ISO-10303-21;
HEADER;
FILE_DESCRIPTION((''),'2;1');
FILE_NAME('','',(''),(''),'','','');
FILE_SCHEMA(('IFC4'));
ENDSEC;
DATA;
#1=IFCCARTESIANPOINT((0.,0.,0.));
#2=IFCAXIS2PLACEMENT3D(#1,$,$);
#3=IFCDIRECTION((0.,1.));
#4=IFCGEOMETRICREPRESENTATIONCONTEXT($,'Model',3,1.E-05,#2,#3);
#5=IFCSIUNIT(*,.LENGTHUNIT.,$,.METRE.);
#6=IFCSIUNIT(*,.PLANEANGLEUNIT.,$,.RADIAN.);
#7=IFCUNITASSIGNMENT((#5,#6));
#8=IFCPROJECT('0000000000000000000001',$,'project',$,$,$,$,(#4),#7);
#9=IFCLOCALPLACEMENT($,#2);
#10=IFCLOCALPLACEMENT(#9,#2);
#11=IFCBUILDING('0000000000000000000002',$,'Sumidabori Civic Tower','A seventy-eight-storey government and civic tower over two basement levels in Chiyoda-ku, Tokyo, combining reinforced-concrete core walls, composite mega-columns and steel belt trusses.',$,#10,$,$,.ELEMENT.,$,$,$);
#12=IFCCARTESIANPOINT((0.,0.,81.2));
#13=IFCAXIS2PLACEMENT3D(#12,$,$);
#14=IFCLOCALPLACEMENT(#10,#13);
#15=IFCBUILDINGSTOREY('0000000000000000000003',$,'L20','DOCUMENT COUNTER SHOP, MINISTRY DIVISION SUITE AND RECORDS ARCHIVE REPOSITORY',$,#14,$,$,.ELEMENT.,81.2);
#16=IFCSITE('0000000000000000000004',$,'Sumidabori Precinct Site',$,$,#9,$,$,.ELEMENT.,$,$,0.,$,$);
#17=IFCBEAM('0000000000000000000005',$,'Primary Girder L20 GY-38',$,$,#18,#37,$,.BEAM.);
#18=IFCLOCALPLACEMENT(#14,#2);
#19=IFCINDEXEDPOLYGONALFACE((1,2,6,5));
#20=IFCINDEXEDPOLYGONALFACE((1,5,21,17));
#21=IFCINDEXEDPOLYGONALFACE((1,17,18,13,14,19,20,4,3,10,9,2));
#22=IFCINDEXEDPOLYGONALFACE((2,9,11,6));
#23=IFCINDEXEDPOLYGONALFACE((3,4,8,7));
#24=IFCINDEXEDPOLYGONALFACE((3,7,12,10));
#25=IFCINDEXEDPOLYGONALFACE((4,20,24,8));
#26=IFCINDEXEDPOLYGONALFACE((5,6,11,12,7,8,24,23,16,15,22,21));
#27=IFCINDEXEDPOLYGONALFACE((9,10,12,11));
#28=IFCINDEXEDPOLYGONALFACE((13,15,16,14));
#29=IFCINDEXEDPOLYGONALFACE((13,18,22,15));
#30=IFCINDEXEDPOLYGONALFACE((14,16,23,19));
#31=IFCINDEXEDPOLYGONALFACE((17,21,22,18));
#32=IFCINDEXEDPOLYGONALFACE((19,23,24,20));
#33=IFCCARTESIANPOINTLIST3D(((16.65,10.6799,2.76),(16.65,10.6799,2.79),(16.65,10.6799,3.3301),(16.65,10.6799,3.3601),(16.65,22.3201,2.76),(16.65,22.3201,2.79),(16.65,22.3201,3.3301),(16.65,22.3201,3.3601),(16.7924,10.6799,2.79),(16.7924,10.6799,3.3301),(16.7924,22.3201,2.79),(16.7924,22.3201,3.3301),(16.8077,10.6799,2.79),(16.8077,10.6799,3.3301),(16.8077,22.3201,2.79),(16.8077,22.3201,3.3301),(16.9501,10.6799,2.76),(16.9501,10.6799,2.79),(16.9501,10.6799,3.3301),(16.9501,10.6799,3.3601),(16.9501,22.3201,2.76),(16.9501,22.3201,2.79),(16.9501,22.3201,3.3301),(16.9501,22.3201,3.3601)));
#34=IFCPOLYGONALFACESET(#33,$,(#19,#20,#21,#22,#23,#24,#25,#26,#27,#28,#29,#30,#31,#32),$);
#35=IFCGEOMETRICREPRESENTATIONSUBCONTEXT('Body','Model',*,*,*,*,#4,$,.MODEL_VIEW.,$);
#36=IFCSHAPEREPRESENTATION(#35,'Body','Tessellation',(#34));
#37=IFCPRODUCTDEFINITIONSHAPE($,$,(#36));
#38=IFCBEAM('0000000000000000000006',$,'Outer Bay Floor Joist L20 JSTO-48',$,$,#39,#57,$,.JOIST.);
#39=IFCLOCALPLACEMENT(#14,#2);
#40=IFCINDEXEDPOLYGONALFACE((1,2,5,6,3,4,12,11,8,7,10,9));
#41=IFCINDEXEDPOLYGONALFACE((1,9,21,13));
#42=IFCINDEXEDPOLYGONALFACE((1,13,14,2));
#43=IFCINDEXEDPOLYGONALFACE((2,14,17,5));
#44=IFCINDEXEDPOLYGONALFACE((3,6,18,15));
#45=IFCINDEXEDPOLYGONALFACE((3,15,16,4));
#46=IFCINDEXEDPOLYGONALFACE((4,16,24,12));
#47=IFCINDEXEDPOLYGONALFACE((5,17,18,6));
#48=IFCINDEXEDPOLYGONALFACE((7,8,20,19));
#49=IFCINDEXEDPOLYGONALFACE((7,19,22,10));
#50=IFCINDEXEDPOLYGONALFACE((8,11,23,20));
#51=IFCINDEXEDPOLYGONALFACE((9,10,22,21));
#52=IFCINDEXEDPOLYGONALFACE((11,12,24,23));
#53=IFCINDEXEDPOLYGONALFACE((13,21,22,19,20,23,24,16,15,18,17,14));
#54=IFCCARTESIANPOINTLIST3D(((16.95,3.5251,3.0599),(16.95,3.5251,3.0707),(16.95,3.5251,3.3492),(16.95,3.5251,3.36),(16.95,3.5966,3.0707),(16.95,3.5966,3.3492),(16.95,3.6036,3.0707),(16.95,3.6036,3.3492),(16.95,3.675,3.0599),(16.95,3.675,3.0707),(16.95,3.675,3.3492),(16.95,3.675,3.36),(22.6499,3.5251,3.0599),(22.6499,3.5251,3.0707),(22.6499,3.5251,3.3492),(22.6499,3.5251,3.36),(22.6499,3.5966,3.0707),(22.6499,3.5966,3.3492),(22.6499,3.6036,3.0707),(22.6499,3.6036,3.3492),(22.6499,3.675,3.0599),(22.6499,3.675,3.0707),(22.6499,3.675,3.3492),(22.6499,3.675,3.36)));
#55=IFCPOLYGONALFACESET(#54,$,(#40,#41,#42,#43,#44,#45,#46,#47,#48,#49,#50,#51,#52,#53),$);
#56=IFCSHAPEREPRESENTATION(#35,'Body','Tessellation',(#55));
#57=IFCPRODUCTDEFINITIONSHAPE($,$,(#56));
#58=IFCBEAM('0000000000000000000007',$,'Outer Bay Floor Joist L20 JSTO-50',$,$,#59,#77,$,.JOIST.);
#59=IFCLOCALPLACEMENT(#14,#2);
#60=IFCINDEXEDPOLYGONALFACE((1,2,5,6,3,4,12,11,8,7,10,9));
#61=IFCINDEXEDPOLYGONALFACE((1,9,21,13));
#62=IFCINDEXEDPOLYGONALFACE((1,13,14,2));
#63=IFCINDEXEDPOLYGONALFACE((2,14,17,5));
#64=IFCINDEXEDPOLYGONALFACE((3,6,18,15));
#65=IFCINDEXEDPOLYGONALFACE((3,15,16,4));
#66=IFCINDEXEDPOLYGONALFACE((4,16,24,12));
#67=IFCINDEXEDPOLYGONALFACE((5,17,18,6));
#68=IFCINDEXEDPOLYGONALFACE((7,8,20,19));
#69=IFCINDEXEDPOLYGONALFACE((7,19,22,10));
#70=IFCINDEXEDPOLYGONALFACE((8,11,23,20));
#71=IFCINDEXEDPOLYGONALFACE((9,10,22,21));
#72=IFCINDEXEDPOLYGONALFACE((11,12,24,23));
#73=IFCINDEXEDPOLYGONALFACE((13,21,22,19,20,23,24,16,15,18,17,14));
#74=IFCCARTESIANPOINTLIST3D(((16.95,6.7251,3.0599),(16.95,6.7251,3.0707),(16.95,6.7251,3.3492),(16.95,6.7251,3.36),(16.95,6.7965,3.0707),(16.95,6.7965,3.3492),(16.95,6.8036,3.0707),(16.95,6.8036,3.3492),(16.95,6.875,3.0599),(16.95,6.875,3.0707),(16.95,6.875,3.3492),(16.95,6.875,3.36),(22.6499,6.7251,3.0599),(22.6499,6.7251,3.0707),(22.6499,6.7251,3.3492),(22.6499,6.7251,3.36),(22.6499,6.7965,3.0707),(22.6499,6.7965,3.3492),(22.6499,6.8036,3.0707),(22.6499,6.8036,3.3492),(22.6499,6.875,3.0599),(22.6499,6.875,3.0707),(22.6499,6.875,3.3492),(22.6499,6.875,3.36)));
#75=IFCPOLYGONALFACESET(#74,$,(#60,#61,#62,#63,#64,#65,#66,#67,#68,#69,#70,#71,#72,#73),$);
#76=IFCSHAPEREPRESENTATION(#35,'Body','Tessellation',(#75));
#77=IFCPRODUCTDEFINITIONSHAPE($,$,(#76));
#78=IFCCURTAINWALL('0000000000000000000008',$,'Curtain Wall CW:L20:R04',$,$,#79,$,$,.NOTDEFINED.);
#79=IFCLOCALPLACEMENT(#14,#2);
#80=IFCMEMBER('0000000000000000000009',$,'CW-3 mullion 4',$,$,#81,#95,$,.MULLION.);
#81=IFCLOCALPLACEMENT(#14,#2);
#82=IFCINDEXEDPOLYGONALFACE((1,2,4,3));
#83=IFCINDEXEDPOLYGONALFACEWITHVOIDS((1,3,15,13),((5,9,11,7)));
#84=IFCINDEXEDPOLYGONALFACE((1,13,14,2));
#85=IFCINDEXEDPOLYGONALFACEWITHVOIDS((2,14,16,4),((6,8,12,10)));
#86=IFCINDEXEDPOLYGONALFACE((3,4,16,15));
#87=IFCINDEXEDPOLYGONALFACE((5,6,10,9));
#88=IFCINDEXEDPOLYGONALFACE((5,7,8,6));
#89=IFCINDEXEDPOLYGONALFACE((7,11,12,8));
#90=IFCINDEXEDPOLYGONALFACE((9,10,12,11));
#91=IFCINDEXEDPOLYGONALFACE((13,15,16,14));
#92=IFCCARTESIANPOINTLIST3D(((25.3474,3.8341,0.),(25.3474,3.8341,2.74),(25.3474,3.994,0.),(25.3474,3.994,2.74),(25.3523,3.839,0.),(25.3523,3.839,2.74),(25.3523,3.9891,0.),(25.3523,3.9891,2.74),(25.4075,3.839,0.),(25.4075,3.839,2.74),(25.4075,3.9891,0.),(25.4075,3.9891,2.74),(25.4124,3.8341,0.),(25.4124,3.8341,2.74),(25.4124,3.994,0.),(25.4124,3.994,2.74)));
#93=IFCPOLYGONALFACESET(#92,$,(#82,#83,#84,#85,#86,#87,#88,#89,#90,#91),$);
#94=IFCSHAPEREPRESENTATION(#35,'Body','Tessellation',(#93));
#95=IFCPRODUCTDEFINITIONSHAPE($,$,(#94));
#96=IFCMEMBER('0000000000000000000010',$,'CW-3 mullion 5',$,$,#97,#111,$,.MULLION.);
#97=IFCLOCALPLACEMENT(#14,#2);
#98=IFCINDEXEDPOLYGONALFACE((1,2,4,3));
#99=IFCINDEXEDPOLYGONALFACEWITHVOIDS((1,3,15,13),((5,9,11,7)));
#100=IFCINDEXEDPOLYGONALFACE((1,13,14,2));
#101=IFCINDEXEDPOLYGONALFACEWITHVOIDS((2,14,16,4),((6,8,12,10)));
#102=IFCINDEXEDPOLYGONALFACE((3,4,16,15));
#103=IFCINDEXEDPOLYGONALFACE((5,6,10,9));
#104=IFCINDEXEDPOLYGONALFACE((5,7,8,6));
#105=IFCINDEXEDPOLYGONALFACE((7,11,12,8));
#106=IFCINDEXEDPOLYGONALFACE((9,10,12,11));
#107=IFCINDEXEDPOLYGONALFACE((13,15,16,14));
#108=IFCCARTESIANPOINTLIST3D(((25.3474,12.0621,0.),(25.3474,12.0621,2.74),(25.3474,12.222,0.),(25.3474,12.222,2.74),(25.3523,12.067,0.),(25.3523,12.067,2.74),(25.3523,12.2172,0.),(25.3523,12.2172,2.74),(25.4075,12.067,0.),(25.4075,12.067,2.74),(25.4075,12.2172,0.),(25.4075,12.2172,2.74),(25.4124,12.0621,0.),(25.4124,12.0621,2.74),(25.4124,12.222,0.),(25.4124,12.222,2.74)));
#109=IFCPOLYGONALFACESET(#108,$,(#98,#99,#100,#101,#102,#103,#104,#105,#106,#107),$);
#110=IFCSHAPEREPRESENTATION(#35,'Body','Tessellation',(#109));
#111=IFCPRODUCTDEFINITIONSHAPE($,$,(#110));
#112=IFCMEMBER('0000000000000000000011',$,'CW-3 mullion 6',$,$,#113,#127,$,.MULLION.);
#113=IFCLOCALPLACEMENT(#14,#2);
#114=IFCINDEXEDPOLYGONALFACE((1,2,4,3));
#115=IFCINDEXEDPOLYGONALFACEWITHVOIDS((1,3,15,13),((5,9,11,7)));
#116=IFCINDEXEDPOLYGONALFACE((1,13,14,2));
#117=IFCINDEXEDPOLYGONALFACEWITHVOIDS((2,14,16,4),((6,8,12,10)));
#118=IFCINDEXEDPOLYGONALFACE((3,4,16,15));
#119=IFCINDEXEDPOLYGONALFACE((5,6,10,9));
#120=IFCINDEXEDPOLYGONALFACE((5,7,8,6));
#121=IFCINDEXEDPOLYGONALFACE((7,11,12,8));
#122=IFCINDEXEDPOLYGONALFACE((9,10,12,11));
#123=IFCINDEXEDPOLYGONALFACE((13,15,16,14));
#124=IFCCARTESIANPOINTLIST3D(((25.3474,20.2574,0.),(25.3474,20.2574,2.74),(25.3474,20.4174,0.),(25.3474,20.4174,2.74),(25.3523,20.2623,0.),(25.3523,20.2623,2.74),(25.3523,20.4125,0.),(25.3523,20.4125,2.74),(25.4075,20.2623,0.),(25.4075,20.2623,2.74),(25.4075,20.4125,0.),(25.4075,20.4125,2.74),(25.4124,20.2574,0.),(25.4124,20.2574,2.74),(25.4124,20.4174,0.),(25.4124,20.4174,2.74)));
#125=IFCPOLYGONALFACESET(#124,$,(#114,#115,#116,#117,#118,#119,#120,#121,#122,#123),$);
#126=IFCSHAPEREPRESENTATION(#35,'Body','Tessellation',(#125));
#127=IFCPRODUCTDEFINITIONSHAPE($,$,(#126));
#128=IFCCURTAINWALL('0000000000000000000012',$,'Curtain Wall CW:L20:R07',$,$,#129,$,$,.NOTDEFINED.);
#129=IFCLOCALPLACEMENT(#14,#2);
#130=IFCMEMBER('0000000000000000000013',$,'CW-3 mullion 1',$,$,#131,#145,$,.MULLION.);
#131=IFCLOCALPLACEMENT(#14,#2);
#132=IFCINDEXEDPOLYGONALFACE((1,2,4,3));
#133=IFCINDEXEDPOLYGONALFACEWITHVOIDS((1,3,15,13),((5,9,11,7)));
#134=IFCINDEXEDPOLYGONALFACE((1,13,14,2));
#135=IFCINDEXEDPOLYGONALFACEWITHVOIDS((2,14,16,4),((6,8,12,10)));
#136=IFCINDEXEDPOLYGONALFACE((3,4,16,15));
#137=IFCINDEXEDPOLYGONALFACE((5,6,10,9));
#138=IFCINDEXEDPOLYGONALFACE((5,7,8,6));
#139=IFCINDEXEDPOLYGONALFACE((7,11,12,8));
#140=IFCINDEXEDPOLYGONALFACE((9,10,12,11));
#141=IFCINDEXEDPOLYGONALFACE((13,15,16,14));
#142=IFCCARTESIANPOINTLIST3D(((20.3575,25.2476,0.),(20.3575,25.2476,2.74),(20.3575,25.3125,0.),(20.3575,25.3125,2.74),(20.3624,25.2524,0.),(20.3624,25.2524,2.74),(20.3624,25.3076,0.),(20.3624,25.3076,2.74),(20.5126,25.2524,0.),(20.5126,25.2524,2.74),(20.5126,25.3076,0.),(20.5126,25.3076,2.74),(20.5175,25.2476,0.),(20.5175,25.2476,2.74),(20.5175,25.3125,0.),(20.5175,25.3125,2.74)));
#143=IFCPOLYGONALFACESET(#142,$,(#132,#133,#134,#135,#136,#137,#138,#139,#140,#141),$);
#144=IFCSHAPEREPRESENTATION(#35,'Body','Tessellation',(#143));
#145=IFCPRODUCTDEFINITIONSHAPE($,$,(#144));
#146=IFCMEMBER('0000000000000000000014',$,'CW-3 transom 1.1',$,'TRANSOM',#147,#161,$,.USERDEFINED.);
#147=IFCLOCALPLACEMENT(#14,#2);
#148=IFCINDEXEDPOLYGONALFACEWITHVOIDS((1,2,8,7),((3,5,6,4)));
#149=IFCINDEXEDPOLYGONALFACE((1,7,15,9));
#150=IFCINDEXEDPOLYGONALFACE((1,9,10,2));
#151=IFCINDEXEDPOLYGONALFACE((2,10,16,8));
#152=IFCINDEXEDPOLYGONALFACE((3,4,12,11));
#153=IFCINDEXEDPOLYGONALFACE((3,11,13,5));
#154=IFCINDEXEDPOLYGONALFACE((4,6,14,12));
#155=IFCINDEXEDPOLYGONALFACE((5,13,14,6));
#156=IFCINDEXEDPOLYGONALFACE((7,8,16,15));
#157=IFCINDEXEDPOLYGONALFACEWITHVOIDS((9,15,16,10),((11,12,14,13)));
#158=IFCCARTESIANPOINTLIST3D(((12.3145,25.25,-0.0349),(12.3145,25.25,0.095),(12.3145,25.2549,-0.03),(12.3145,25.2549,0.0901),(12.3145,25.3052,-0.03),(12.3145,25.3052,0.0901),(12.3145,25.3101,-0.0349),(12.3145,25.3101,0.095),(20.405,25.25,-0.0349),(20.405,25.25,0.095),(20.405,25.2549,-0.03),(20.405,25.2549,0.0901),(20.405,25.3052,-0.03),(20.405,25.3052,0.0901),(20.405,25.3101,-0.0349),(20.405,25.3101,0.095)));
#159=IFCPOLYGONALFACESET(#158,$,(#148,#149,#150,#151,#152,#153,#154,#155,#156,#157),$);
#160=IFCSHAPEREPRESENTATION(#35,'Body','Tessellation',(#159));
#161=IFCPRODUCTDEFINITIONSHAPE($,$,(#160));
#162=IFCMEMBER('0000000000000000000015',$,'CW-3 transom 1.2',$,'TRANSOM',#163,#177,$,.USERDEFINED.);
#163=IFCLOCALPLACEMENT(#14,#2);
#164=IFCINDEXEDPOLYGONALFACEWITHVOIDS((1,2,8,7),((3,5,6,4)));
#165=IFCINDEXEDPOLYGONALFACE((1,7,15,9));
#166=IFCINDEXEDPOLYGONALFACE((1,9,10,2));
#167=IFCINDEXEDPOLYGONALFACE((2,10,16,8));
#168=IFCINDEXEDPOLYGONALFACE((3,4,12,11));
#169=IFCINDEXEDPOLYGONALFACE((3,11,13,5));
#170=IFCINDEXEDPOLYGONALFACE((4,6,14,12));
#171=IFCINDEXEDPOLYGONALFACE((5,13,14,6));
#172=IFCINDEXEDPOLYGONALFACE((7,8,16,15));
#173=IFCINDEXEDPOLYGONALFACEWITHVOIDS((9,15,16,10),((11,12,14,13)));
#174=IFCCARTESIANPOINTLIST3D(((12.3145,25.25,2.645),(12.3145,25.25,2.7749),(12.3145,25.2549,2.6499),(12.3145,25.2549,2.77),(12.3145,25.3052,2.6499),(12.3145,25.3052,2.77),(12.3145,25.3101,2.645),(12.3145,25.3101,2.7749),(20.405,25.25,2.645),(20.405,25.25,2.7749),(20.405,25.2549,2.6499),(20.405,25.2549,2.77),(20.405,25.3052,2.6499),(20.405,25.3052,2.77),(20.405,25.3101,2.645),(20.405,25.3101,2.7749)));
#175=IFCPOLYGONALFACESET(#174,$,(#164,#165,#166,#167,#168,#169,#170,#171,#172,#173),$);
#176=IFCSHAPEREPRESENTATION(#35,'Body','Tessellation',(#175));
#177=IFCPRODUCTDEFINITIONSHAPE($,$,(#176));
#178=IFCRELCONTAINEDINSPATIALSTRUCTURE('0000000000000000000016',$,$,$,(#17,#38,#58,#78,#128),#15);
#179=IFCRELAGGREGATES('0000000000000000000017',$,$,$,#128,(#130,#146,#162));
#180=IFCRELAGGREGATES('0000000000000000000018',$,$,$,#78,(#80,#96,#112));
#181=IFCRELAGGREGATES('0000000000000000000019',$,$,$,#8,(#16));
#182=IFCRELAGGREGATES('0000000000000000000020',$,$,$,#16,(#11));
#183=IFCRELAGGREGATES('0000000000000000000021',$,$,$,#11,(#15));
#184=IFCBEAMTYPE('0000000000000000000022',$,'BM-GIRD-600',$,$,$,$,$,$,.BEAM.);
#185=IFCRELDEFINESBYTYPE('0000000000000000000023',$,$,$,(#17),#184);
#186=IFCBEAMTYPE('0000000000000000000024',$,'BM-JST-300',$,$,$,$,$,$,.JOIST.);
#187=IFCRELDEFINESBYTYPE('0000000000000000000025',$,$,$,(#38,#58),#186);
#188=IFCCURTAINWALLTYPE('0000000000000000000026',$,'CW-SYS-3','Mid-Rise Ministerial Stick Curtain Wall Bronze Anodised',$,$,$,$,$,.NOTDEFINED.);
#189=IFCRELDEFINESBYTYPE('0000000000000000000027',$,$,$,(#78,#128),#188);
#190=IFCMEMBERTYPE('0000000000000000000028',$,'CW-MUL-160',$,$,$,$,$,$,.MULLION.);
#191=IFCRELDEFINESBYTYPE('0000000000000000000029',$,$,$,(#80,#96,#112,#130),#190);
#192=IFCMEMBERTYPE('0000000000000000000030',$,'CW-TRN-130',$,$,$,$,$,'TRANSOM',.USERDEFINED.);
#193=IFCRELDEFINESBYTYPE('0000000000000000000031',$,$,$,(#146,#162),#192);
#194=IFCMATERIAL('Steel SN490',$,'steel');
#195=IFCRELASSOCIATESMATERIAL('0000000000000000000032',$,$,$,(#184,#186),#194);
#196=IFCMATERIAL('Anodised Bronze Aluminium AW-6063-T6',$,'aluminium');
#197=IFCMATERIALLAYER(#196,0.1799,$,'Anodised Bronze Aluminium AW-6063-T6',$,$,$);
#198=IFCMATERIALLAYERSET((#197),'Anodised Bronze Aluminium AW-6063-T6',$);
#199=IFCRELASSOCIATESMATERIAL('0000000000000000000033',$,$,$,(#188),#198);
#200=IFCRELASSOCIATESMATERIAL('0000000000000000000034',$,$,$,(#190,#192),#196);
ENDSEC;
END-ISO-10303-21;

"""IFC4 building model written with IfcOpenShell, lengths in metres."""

from ifc_helpers import new_model, si_unit, direction, frame, origin, origin_2d, place, context, subcontext, project, spatial, hollow_rectangle, i_section, extrude, source, transform, mapped, material, layer, layer_set, material_profile, profile_set, type_object, element, aggregate, save


model = new_model("IFC4")

# Units and contexts
model_context = context("Model", 3, precision=1e-05, world=origin(), true_north=direction((0.0, 1.0)))
body_context = subcontext(model_context, "Body", "Model", "MODEL_VIEW")
ifc_project = project(units=[si_unit("LENGTHUNIT", "METRE"), si_unit("PLANEANGLEUNIT", "RADIAN")], contexts=[model_context])

# Site, building, storey
site_placement = place(None, origin())
site = spatial("IfcSite", under=ifc_project, at=site_placement, Name="Sumidabori Precinct Site", CompositionType="ELEMENT", RefElevation=0.0)
building_placement = place(site_placement, origin())
building = spatial("IfcBuilding", under=site, at=building_placement, Name="Sumidabori Civic Tower", Description="A seventy-eight-storey government and civic tower over two basement levels in Chiyoda-ku, Tokyo, combining reinforced-concrete core walls, composite mega-columns and steel belt trusses.", CompositionType="ELEMENT")
storey_placement = place(building_placement, frame((0.0, 0.0, 81.2)))
storey = spatial("IfcBuildingStorey", under=building, at=storey_placement, Name="L20", Description="DOCUMENT COUNTER SHOP, MINISTRY DIVISION SUITE AND RECORDS ARCHIVE REPOSITORY", CompositionType="ELEMENT", Elevation=81.2)

# Beams
ifc_material_1 = material(Name="Steel SN490", Category="steel")
ifc_material_profile_1 = material_profile(ifc_material_1, i_section(OverallWidth=0.3, OverallDepth=0.6001, WebThickness=0.0154, FlangeThickness=0.03, at=origin_2d()), Name="HE 600 B")
ifc_profile_set_1 = profile_set([ifc_material_profile_1], Name="Steel SN490")
beam_type_1 = type_object("IfcBeamType", Name="BM-GIRD-600", PredefinedType="BEAM", material=ifc_profile_set_1)
shared_shape_1 = source(origin(), body_context, "Body", "SweptSolid", [
    extrude(i_section(OverallWidth=0.3, OverallDepth=0.6001, WebThickness=0.0154, FlangeThickness=0.03, at=origin_2d()), origin(), (0.0, 0.0, 1.0), 11.6401),
])
beam_1_placement = place(storey_placement, frame((16.8, 10.6799, 3.0601), z_axis=(0.0, 1.0, 0.0), x_axis=(-1.0, 0.0, 0.0)))
element("IfcBeam", 1, at=beam_1_placement, inside=storey, type_object=beam_type_1, Name="Primary Girder L20 GY-38", PredefinedType="BEAM", context=body_context, shape_type="MappedRepresentation", body=[
    mapped(shared_shape_1, transform((0.0, 0.0, 0.0), x_axis=(1.0, 0.0, 0.0), y_axis=(0.0, 1.0, 0.0), z_axis=(0.0, 0.0, 1.0), scale=1.0)),
])
ifc_material_profile_2 = material_profile(ifc_material_1, i_section(OverallWidth=0.1499, OverallDepth=0.3, WebThickness=0.0071, FlangeThickness=0.0107, at=origin_2d()), Name="IPE 300")
ifc_profile_set_2 = profile_set([ifc_material_profile_2], Name="Steel SN490")
beam_type_2 = type_object("IfcBeamType", Name="BM-JST-300", PredefinedType="JOIST", material=ifc_profile_set_2)
shared_shape_2 = source(origin(), body_context, "Body", "SweptSolid", [
    extrude(i_section(OverallWidth=0.1499, OverallDepth=0.3, WebThickness=0.0071, FlangeThickness=0.0107, at=origin_2d()), origin(), (0.0, 0.0, 1.0), 5.7),
])
for number, where, z_axis, x_axis, name in (
    (2, (16.95, 3.6001, 3.21), (1.0, 0.0, 0.0), (0.0, 1.0, 0.0), "Outer Bay Floor Joist L20 JSTO-48"),
    (3, (16.95, 6.8, 3.21), (1.0, 0.0, 0.0), (0.0, 1.0, 0.0), "Outer Bay Floor Joist L20 JSTO-50"),
):
    element("IfcBeam", number, at=place(storey_placement, frame(where, z_axis=z_axis, x_axis=x_axis)), inside=storey, type_object=beam_type_2, Name=name, PredefinedType="JOIST", context=body_context, shape_type="MappedRepresentation", body=[
        mapped(shared_shape_2, transform((0.0, 0.0, 0.0), x_axis=(1.0, 0.0, 0.0), y_axis=(0.0, 1.0, 0.0), z_axis=(0.0, 0.0, 1.0), scale=1.0)),
    ])

# Curtain walls, members
ifc_material_2 = material(Name="Anodised Bronze Aluminium AW-6063-T6", Category="aluminium")
ifc_layer_1 = layer(ifc_material_2, 0.1799, Name="Anodised Bronze Aluminium AW-6063-T6")
ifc_layer_set_1 = layer_set([ifc_layer_1], Name="Anodised Bronze Aluminium AW-6063-T6")
curtain_wall_type = type_object("IfcCurtainWallType", Name="CW-SYS-3", Description="Mid-Rise Ministerial Stick Curtain Wall Bronze Anodised", PredefinedType="NOTDEFINED", material=ifc_layer_set_1)
curtain_wall_1_placement = place(storey_placement, origin())
curtain_wall_1 = element("IfcCurtainWall", 4, at=curtain_wall_1_placement, inside=storey, type_object=curtain_wall_type, Name="Curtain Wall CW:L20:R04", PredefinedType="NOTDEFINED")
ifc_material_profile_3 = material_profile(ifc_material_2, hollow_rectangle(XDim=0.0649, YDim=0.1599, WallThickness=0.0049, at=origin_2d()), Name="ALU MULLION 160x65")
ifc_profile_set_3 = profile_set([ifc_material_profile_3], Name="Anodised Bronze Aluminium AW-6063-T6")
member_type_1 = type_object("IfcMemberType", Name="CW-MUL-160", PredefinedType="MULLION", material=ifc_profile_set_3)
shared_shape_3 = source(origin(), body_context, "Body", "SweptSolid", [
    extrude(hollow_rectangle(XDim=0.0649, YDim=0.1599, WallThickness=0.0049, at=origin_2d()), origin(), (0.0, 0.0, 1.0), 2.74),
])
member_1_placement = place(storey_placement, frame((25.3799, 3.9141, 0.0), z_axis=(0.0, 0.0, 1.0), x_axis=(-1.0, 0.0, 0.0)))
member_1 = element("IfcMember", 5, at=member_1_placement, type_object=member_type_1, Name="CW-3 mullion 4", PredefinedType="MULLION", context=body_context, shape_type="MappedRepresentation", body=[
    mapped(shared_shape_3, transform((0.0, 0.0, 0.0), x_axis=(1.0, 0.0, 0.0), y_axis=(0.0, 1.0, 0.0), z_axis=(0.0, 0.0, 1.0), scale=1.0)),
])
member_2_placement = place(storey_placement, frame((25.3799, 12.1421, 0.0), z_axis=(0.0, 0.0, 1.0), x_axis=(-1.0, 0.0, 0.0)))
member_2 = element("IfcMember", 6, at=member_2_placement, type_object=member_type_1, Name="CW-3 mullion 5", PredefinedType="MULLION", context=body_context, shape_type="MappedRepresentation", body=[
    mapped(shared_shape_3, transform((0.0, 0.0, 0.0), x_axis=(1.0, 0.0, 0.0), y_axis=(0.0, 1.0, 0.0), z_axis=(0.0, 0.0, 1.0), scale=1.0)),
])
member_3_placement = place(storey_placement, frame((25.3799, 20.3374, 0.0), z_axis=(0.0, 0.0, 1.0), x_axis=(-1.0, 0.0, 0.0)))
member_3 = element("IfcMember", 7, at=member_3_placement, type_object=member_type_1, Name="CW-3 mullion 6", PredefinedType="MULLION", context=body_context, shape_type="MappedRepresentation", body=[
    mapped(shared_shape_3, transform((0.0, 0.0, 0.0), x_axis=(1.0, 0.0, 0.0), y_axis=(0.0, 1.0, 0.0), z_axis=(0.0, 0.0, 1.0), scale=1.0)),
])
curtain_wall_2_placement = place(storey_placement, origin())
curtain_wall_2 = element("IfcCurtainWall", 8, at=curtain_wall_2_placement, inside=storey, type_object=curtain_wall_type, Name="Curtain Wall CW:L20:R07", PredefinedType="NOTDEFINED")
member_4_placement = place(storey_placement, frame((20.4375, 25.28, 0.0), z_axis=(0.0, 0.0, 1.0), x_axis=(0.0, -1.0, 0.0)))
member_4 = element("IfcMember", 9, at=member_4_placement, type_object=member_type_1, Name="CW-3 mullion 1", PredefinedType="MULLION", context=body_context, shape_type="MappedRepresentation", body=[
    mapped(shared_shape_3, transform((0.0, 0.0, 0.0), x_axis=(1.0, 0.0, 0.0), y_axis=(0.0, 1.0, 0.0), z_axis=(0.0, 0.0, 1.0), scale=1.0)),
])
ifc_material_profile_4 = material_profile(ifc_material_2, hollow_rectangle(XDim=0.0601, YDim=0.1299, WallThickness=0.0049, at=origin_2d()), Name="ALU TRANSOM 130x60")
ifc_profile_set_4 = profile_set([ifc_material_profile_4], Name="Anodised Bronze Aluminium AW-6063-T6")
member_type_2 = type_object("IfcMemberType", Name="CW-TRN-130", ElementType="TRANSOM", PredefinedType="USERDEFINED", material=ifc_profile_set_4)
shared_shape_4 = source(origin(), body_context, "Body", "SweptSolid", [
    extrude(hollow_rectangle(XDim=0.0601, YDim=0.1299, WallThickness=0.0049, at=origin_2d()), origin(), (0.0, 0.0, 1.0), 8.0906),
])
member_5_placement = place(storey_placement, frame((20.405, 25.28, 0.03), z_axis=(-1.0, 0.0, 0.0), x_axis=(0.0, -1.0, 0.0)))
member_5 = element("IfcMember", 10, at=member_5_placement, type_object=member_type_2, Name="CW-3 transom 1.1", ObjectType="TRANSOM", PredefinedType="USERDEFINED", context=body_context, shape_type="MappedRepresentation", body=[
    mapped(shared_shape_4, transform((0.0, 0.0, 0.0), x_axis=(1.0, 0.0, 0.0), y_axis=(0.0, 1.0, 0.0), z_axis=(0.0, 0.0, 1.0), scale=1.0)),
])
member_6_placement = place(storey_placement, frame((20.405, 25.28, 2.71), z_axis=(-1.0, 0.0, 0.0), x_axis=(0.0, -1.0, 0.0)))
member_6 = element("IfcMember", 11, at=member_6_placement, type_object=member_type_2, Name="CW-3 transom 1.2", ObjectType="TRANSOM", PredefinedType="USERDEFINED", context=body_context, shape_type="MappedRepresentation", body=[
    mapped(shared_shape_4, transform((0.0, 0.0, 0.0), x_axis=(1.0, 0.0, 0.0), y_axis=(0.0, 1.0, 0.0), z_axis=(0.0, 0.0, 1.0), scale=1.0)),
])

aggregate(curtain_wall_2, [member_4, member_5, member_6])
aggregate(curtain_wall_1, [member_1, member_2, member_3])

save(model, "model.ifc")
